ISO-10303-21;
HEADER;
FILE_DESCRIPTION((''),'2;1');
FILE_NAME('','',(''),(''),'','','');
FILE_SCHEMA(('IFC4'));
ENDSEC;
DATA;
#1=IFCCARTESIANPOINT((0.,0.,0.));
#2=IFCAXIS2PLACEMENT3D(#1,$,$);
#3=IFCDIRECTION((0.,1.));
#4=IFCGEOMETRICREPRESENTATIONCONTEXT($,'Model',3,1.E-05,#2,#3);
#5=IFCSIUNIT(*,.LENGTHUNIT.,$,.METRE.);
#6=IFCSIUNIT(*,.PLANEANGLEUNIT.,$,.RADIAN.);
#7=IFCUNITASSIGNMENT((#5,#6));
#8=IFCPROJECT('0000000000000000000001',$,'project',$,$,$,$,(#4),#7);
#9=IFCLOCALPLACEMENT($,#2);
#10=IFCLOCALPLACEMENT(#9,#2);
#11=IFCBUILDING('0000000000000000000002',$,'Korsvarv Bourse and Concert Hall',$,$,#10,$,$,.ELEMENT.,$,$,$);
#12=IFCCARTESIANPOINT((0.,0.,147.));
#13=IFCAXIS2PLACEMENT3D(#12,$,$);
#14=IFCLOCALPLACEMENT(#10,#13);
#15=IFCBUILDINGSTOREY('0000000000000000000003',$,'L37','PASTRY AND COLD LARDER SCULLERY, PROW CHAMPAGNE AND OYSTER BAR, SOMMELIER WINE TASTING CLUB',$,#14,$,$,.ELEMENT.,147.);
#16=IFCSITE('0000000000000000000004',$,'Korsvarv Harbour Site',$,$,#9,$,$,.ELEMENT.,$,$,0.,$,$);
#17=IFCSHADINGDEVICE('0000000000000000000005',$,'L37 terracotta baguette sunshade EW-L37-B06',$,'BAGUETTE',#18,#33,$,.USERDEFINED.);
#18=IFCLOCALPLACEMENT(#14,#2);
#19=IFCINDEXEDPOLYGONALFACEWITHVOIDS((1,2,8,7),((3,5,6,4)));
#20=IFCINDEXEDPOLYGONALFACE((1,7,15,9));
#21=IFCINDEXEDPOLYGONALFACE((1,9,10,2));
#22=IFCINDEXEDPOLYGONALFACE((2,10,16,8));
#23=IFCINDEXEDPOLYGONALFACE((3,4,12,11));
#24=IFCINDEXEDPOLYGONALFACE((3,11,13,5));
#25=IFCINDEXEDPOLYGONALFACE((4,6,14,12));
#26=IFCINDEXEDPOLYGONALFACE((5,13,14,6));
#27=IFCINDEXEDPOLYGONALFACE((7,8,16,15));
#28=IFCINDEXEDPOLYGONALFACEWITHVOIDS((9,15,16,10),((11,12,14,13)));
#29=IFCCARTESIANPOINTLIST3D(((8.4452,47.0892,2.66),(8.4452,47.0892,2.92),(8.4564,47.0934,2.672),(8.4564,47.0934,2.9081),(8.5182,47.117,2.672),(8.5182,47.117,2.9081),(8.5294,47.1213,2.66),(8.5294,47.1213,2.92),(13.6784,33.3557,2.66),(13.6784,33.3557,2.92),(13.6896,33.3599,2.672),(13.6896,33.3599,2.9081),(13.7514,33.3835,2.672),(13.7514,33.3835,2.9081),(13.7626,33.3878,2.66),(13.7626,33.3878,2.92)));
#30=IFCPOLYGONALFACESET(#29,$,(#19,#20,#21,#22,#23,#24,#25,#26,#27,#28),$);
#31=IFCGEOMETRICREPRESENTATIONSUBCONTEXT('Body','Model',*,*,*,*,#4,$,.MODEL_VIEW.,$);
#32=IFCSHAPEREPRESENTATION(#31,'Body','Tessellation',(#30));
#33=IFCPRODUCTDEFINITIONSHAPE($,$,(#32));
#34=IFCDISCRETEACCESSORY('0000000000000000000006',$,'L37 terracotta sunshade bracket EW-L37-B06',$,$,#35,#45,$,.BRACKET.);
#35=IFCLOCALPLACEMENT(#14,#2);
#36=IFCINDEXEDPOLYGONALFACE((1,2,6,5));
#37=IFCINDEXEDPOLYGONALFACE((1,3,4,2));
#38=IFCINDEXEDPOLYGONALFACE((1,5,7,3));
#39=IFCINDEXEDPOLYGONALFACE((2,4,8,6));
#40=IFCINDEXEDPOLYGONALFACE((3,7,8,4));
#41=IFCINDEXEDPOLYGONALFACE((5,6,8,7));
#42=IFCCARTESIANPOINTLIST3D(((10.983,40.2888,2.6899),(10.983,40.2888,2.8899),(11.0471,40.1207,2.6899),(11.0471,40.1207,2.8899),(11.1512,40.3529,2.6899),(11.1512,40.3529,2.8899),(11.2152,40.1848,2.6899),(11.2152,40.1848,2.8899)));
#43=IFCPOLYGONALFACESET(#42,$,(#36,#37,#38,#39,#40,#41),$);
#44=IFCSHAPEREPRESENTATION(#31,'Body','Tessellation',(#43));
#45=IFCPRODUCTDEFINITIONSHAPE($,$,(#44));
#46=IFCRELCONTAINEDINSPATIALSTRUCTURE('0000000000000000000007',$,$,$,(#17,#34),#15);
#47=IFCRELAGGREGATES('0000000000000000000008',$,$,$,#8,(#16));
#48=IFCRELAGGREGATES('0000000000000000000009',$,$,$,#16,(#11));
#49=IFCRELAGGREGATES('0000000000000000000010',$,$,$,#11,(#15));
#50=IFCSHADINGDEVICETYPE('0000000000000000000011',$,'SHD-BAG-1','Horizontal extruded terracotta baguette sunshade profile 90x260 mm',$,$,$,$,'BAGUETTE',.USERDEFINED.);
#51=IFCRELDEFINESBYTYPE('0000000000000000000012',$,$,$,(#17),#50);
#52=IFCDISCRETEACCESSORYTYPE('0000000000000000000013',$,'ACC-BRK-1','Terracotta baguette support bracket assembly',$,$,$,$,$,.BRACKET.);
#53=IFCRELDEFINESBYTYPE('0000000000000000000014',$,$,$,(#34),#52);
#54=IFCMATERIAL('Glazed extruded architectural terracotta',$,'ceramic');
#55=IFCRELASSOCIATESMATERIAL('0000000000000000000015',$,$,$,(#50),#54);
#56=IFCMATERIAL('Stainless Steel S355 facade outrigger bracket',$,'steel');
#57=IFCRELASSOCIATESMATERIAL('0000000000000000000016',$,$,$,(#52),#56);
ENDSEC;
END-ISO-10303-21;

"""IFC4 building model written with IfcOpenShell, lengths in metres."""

from ifc_helpers import new_model, si_unit, direction, frame, origin, origin_2d, place, context, subcontext, project, spatial, rectangle, hollow_rectangle, extrude, source, transform, mapped, material, material_profile, profile_set, type_object, element, save


model = new_model("IFC4")

# Units and contexts
model_context = context("Model", 3, precision=1e-05, world=origin(), true_north=direction((0.0, 1.0)))
body_context = subcontext(model_context, "Body", "Model", "MODEL_VIEW")
ifc_project = project(units=[si_unit("LENGTHUNIT", "METRE"), si_unit("PLANEANGLEUNIT", "RADIAN")], contexts=[model_context])

# Site, building, storey
site_placement = place(None, origin())
site = spatial("IfcSite", under=ifc_project, at=site_placement, Name="Korsvarv Harbour Site", CompositionType="ELEMENT", RefElevation=0.0)
building_placement = place(site_placement, origin())
building = spatial("IfcBuilding", under=site, at=building_placement, Name="Korsvarv Bourse and Concert Hall", CompositionType="ELEMENT")
storey_placement = place(building_placement, frame((0.0, 0.0, 147.0)))
storey = spatial("IfcBuildingStorey", under=building, at=storey_placement, Name="L37", Description="PASTRY AND COLD LARDER SCULLERY, PROW CHAMPAGNE AND OYSTER BAR, SOMMELIER WINE TASTING CLUB", CompositionType="ELEMENT", Elevation=147.0)

# Shading device
ifc_material_1 = material(Name="Glazed extruded architectural terracotta", Category="ceramic")
ifc_material_profile_1 = material_profile(ifc_material_1, hollow_rectangle(XDim=0.0901, YDim=0.26, WallThickness=0.012, at=origin_2d()), Name="TC-BAG 90x260")
ifc_profile_set_1 = profile_set([ifc_material_profile_1], Name="Glazed extruded architectural terracotta")
shading_device_type = type_object("IfcShadingDeviceType", Name="SHD-BAG-1", Description="Horizontal extruded terracotta baguette sunshade profile 90x260 mm", ElementType="BAGUETTE", PredefinedType="USERDEFINED", material=ifc_profile_set_1)
shared_shape_1 = source(origin(), body_context, "Body", "SweptSolid", [
    extrude(hollow_rectangle(XDim=0.0901, YDim=0.26, WallThickness=0.012, at=origin_2d()), origin(), (0.0, 0.0, 1.0), 14.6968),
])
shading_device_placement = place(storey_placement, frame((8.4873, 47.1052, 2.79), z_axis=(0.356078, -0.934456, 0.0), x_axis=(0.934456, 0.356078, 0.0)))
element("IfcShadingDevice", 1, at=shading_device_placement, inside=storey, type_object=shading_device_type, Name="L37 terracotta baguette sunshade EW-L37-B06", ObjectType="BAGUETTE", PredefinedType="USERDEFINED", context=body_context, shape_type="MappedRepresentation", body=[
    mapped(shared_shape_1, transform((0.0, 0.0, 0.0), scale=1.0)),
])

# Discrete accessory
ifc_material_2 = material(Name="Stainless Steel S355 facade outrigger bracket", Category="steel")
discrete_accessory_type = type_object("IfcDiscreteAccessoryType", Name="ACC-BRK-1", Description="Terracotta baguette support bracket assembly", PredefinedType="BRACKET", material=ifc_material_2)
shared_shape_2 = source(origin(), body_context, "Body", "SweptSolid", [
    extrude(rectangle(XDim=0.1799, YDim=0.1799, at=origin_2d()), origin(), (0.0, 0.0, 1.0), 0.2),
])
discrete_accessory_placement = place(storey_placement, frame((11.0991, 40.2368, 2.6899), z_axis=(0.0, 0.0, 1.0), x_axis=(0.356086, -0.934453, 0.0)))
element("IfcDiscreteAccessory", 2, at=discrete_accessory_placement, inside=storey, type_object=discrete_accessory_type, Name="L37 terracotta sunshade bracket EW-L37-B06", PredefinedType="BRACKET", context=body_context, shape_type="MappedRepresentation", body=[
    mapped(shared_shape_2, transform((0.0, 0.0, 0.0), scale=1.0)),
])

save(model, "model.ifc")
